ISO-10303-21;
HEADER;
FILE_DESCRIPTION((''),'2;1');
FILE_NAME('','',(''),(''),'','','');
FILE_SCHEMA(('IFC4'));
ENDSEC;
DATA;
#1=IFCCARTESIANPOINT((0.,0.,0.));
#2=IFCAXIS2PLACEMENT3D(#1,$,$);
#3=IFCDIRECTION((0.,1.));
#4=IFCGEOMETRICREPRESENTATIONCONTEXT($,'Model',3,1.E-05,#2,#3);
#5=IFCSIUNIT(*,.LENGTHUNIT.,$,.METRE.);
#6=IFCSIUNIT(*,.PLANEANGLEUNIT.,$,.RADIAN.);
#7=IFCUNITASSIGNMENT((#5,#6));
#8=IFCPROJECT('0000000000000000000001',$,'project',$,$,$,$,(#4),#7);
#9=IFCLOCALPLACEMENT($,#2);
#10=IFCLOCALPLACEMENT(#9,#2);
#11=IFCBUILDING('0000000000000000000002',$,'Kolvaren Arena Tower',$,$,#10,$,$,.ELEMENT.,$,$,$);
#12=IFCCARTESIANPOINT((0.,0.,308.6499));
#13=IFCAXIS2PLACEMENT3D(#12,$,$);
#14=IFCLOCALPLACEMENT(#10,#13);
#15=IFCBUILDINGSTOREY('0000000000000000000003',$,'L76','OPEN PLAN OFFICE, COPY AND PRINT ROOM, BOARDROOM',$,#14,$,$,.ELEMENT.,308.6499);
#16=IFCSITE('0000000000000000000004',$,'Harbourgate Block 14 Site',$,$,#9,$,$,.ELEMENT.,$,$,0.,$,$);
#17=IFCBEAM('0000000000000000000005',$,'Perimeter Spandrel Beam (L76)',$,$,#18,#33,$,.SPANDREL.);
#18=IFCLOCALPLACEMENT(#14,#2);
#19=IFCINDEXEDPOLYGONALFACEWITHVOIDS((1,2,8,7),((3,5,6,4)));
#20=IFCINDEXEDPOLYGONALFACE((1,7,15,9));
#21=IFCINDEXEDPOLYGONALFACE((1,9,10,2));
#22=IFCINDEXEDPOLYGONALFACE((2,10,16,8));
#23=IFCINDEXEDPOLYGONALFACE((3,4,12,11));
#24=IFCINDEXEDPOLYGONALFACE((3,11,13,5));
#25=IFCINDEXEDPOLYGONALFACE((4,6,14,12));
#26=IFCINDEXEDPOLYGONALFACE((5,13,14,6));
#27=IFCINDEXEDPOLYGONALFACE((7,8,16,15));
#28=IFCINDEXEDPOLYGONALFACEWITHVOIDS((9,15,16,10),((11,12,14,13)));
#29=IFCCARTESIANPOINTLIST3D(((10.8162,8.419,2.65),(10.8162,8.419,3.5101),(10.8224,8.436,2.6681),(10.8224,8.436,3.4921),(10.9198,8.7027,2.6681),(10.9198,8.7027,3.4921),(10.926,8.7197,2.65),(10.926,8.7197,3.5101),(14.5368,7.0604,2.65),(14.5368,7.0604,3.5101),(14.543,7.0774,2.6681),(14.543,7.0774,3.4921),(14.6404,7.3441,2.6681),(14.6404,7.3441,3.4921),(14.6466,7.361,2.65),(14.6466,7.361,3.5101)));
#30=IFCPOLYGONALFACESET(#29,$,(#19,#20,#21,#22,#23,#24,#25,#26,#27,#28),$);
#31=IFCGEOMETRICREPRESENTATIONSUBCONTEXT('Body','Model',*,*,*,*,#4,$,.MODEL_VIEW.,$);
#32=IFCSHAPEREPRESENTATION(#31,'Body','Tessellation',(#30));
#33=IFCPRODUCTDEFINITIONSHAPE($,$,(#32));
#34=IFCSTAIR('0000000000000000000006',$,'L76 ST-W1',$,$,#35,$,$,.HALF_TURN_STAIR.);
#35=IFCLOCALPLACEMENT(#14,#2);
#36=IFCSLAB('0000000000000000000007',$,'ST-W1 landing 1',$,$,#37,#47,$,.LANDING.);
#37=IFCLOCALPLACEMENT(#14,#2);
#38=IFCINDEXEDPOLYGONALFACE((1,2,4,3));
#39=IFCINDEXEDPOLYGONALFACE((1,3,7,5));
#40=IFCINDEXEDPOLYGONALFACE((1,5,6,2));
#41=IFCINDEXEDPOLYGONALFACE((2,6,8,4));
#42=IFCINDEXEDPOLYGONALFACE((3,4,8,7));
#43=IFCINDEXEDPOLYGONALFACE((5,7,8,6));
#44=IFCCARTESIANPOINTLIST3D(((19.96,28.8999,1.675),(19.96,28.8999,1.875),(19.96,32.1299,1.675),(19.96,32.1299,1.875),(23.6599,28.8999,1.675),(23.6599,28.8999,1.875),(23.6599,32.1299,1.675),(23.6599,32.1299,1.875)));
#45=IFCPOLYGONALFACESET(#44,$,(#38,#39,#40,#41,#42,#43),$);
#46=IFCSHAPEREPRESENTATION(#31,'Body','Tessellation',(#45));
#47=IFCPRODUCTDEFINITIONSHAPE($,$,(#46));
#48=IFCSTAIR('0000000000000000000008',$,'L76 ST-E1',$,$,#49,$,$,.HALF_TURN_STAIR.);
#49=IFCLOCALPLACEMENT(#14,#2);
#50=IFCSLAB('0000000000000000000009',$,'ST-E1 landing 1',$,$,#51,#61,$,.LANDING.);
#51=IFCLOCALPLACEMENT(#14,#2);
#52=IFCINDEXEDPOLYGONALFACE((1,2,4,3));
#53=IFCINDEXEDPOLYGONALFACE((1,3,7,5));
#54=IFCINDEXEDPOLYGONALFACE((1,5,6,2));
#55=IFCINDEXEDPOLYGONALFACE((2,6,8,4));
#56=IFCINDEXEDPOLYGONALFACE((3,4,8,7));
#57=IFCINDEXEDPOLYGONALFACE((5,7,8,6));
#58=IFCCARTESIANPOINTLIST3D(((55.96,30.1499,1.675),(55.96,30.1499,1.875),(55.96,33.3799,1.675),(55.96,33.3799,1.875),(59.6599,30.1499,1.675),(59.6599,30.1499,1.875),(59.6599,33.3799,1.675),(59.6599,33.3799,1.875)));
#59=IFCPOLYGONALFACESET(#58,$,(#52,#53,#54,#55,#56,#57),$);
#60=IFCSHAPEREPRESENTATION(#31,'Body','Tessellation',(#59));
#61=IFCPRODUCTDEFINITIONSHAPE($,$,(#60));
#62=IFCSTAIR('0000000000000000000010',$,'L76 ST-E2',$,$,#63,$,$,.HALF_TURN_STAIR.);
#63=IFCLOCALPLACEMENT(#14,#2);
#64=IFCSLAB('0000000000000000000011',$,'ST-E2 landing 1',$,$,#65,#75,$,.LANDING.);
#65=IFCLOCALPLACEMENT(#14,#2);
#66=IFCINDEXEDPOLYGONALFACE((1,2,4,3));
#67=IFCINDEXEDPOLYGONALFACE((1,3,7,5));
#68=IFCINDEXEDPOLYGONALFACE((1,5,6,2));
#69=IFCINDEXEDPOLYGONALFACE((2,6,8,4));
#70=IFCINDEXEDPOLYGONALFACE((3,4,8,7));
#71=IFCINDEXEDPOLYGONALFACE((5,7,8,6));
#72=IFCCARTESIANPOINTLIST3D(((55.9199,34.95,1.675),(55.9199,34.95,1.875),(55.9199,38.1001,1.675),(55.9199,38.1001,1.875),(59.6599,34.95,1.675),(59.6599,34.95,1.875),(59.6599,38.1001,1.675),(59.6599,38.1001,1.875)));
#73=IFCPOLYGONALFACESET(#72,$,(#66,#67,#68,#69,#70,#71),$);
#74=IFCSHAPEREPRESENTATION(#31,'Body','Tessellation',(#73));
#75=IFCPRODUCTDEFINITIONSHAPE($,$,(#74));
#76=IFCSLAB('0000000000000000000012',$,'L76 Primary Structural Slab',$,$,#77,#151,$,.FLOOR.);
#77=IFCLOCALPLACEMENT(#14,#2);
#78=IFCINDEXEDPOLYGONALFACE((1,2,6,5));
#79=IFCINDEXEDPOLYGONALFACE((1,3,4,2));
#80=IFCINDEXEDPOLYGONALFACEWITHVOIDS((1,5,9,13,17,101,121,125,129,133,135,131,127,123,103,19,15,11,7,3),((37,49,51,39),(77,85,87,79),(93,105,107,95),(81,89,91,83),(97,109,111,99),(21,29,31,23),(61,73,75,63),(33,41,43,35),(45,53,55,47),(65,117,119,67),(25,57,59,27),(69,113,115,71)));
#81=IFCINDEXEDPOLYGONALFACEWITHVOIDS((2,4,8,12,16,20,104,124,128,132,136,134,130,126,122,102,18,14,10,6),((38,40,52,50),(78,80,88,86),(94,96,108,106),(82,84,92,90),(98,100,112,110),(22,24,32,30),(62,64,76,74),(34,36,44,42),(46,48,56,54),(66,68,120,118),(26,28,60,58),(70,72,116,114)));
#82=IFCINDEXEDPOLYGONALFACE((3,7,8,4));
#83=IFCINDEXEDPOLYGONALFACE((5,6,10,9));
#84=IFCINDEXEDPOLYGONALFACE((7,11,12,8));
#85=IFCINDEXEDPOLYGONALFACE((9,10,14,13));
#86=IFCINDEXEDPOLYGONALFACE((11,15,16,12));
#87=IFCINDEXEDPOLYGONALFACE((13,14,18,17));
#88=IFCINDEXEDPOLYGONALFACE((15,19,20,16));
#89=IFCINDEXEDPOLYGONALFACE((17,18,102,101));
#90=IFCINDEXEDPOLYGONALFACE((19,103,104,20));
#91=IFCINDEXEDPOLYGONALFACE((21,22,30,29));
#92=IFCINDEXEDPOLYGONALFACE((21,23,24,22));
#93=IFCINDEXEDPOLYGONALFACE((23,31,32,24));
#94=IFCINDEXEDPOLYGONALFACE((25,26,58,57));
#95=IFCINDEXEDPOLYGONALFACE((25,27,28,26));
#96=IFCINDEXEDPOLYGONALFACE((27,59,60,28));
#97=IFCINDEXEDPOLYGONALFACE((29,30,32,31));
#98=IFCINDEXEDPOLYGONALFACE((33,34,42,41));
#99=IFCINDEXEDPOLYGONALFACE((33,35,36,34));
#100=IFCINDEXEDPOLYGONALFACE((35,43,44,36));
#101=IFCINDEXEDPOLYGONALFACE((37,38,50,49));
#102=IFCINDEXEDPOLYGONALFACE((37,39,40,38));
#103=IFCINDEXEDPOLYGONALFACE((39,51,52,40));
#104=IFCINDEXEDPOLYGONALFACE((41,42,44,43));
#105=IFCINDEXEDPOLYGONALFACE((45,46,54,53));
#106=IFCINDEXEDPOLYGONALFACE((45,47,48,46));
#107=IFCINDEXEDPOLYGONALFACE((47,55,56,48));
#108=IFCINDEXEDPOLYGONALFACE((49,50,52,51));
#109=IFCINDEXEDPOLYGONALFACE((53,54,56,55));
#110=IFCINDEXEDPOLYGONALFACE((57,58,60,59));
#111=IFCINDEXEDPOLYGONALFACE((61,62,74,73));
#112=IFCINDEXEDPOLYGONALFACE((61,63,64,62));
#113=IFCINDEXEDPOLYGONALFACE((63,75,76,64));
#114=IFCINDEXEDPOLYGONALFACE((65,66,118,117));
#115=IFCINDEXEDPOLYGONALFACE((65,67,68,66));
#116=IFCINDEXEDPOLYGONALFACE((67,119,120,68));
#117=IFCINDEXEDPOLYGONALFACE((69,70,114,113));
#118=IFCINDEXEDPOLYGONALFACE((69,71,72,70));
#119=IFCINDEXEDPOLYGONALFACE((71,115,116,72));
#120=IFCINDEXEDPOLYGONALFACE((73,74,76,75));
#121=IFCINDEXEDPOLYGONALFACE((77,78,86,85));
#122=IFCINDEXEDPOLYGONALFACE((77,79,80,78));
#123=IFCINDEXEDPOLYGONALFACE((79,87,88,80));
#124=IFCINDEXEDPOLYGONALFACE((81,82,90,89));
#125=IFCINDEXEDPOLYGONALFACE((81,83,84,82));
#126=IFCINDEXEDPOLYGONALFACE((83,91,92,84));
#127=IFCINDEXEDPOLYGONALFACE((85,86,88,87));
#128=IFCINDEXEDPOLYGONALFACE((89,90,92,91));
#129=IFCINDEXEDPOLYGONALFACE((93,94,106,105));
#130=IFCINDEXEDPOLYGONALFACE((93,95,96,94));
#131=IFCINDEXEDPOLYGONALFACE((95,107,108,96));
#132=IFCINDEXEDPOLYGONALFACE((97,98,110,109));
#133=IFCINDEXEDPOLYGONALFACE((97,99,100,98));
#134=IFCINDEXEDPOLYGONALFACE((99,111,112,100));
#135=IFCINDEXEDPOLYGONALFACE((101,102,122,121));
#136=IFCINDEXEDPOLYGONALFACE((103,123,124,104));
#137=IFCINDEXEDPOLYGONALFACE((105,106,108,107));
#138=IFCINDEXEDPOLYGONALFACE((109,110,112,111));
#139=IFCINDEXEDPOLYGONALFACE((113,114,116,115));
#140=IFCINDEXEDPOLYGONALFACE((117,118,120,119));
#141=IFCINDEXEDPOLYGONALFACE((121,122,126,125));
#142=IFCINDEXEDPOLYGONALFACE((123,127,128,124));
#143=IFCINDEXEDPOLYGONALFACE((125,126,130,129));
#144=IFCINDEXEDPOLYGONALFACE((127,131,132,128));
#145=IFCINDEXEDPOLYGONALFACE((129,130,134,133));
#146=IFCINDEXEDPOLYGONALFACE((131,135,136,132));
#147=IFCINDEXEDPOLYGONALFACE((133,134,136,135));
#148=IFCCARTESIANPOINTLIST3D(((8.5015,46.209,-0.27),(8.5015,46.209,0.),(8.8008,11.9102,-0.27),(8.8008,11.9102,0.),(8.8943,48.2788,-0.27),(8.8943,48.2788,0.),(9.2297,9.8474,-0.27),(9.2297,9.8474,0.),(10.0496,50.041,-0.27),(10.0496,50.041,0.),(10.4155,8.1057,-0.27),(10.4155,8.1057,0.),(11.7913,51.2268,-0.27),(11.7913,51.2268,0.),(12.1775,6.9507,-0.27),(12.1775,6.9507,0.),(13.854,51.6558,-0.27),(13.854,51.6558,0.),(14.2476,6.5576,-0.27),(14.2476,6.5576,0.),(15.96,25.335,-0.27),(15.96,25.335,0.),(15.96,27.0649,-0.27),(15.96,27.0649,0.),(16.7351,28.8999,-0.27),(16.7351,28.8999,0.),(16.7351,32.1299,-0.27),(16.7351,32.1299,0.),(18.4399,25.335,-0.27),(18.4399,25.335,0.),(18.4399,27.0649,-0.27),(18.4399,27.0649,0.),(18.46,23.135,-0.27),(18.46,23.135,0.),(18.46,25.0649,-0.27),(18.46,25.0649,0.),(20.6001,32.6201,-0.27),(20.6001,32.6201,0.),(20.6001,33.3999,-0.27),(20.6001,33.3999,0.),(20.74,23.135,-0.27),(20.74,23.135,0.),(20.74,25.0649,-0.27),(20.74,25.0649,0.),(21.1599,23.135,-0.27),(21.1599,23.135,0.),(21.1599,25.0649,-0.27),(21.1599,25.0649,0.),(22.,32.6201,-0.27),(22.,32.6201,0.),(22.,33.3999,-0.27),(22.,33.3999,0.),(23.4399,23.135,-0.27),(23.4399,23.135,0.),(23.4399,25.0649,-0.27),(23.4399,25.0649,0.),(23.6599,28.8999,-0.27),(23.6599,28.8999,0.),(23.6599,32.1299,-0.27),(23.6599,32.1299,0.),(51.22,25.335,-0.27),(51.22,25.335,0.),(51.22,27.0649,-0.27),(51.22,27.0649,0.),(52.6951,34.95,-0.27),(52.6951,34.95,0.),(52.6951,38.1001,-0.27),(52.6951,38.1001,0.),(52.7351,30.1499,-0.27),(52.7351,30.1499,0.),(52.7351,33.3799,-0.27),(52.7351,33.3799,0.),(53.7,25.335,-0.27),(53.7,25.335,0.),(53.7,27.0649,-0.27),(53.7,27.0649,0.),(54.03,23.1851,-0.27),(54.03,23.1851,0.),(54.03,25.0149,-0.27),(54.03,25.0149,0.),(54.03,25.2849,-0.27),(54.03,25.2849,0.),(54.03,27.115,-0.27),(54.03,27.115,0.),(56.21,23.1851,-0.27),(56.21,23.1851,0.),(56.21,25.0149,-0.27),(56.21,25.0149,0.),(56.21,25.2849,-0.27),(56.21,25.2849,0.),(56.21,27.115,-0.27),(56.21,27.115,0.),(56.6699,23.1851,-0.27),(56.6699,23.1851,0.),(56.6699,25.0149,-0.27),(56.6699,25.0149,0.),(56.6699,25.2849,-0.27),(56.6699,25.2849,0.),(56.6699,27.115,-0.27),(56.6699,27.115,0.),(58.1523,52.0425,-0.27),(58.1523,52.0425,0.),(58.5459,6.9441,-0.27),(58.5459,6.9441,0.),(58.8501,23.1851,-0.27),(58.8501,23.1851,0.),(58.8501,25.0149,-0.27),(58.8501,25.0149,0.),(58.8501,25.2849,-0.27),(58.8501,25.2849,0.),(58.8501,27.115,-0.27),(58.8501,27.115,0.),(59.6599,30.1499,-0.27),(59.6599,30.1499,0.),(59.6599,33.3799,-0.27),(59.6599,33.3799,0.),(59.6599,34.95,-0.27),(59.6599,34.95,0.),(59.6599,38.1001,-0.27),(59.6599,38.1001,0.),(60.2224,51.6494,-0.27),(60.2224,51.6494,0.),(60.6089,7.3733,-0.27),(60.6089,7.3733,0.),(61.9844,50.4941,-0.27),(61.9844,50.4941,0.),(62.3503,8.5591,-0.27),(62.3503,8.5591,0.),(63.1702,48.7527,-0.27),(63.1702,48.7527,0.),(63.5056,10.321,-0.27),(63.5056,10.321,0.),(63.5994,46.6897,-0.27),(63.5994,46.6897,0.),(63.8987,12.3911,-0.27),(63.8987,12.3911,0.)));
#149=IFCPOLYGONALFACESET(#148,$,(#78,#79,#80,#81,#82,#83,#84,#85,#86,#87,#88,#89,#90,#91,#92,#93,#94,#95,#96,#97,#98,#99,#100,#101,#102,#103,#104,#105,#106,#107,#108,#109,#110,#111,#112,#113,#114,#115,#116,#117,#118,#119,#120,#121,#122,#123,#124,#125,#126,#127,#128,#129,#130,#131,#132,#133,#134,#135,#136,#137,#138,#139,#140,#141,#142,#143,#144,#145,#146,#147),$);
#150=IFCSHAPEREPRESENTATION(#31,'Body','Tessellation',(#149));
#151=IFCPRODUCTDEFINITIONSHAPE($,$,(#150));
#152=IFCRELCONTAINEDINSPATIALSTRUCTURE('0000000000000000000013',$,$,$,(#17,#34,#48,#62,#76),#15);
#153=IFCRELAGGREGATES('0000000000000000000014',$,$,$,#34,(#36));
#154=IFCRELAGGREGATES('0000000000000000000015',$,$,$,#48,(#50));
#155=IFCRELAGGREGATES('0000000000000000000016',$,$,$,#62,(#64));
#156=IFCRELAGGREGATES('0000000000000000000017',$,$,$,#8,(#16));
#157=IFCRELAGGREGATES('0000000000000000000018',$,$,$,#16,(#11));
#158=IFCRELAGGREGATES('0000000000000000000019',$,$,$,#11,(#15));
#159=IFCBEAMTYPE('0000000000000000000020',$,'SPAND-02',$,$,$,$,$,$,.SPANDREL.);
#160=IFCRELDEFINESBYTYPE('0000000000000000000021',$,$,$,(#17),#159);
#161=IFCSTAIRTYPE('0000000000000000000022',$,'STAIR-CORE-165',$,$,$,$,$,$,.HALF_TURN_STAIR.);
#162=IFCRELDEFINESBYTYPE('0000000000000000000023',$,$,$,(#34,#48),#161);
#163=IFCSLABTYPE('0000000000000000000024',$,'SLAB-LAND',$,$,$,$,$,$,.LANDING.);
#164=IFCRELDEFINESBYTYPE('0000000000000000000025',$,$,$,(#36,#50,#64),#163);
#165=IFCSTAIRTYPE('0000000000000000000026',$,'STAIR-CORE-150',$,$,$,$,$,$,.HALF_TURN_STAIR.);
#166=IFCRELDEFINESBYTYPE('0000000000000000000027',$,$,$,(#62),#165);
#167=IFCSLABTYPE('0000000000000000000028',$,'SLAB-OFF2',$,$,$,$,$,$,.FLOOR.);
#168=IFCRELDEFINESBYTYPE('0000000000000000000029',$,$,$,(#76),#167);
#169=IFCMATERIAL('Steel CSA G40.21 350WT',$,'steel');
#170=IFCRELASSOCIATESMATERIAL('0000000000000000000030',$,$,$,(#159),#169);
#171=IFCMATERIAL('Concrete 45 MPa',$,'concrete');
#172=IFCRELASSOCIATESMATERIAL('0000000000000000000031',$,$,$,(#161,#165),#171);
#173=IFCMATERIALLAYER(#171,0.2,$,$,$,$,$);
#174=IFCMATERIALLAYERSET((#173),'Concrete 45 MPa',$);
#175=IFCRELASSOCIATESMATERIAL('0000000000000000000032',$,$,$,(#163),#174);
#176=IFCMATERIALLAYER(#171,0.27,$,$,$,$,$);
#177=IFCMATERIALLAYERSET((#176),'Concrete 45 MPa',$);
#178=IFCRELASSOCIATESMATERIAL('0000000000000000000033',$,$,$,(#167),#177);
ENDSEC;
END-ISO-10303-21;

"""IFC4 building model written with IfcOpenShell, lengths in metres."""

from ifc_helpers import new_model, si_unit, direction, frame, origin, origin_2d, place, context, subcontext, project, spatial, polyline, hollow_rectangle, outline, extrude, material, layer, layer_set, material_profile, profile_set, type_object, element, aggregate, save


model = new_model("IFC4")

# Units and contexts
model_context = context("Model", 3, precision=1e-05, world=origin(), true_north=direction((0.0, 1.0)))
body_context = subcontext(model_context, "Body", "Model", "MODEL_VIEW")
ifc_project = project(units=[si_unit("LENGTHUNIT", "METRE"), si_unit("PLANEANGLEUNIT", "RADIAN")], contexts=[model_context])

# Site, building, storey
site_placement = place(None, origin())
site = spatial("IfcSite", under=ifc_project, at=site_placement, Name="Harbourgate Block 14 Site", CompositionType="ELEMENT", RefElevation=0.0)
building_placement = place(site_placement, origin())
building = spatial("IfcBuilding", under=site, at=building_placement, Name="Kolvaren Arena Tower", CompositionType="ELEMENT")
storey_placement = place(building_placement, frame((0.0, 0.0, 308.6499)))
storey = spatial("IfcBuildingStorey", under=building, at=storey_placement, Name="L76", Description="OPEN PLAN OFFICE, COPY AND PRINT ROOM, BOARDROOM", CompositionType="ELEMENT", Elevation=308.6499)

# Beam
ifc_material_1 = material(Name="Steel CSA G40.21 350WT", Category="steel")
ifc_material_profile_1 = material_profile(ifc_material_1, hollow_rectangle(XDim=0.3201, YDim=0.8601, WallThickness=0.0181, at=origin_2d()), Name="HSS 860x320x18")
ifc_profile_set_1 = profile_set([ifc_material_profile_1], Name="Steel CSA G40.21 350WT")
beam_type_1 = type_object("IfcBeamType", Name="SPAND-02", PredefinedType="SPANDREL", material=ifc_profile_set_1)
beam_1_placement = place(storey_placement, frame((10.8711, 8.5693, 3.0801), z_axis=(0.939334, -0.343005, 0.0), x_axis=(0.343005, 0.939334, 0.0)))
element("IfcBeam", 1, at=beam_1_placement, inside=storey, type_object=beam_type_1, Name="Perimeter Spandrel Beam (L76)", PredefinedType="SPANDREL", context=body_context, shape_type="SweptSolid", body=[
    extrude(hollow_rectangle(XDim=0.3201, YDim=0.8601, WallThickness=0.0181, at=origin_2d()), origin(), (0.0, 0.0, 1.0), 3.9609),
])

# Stairs, slabs
ifc_material_2 = material(Name="Concrete 45 MPa", Category="concrete")
stair_type_1 = type_object("IfcStairType", Name="STAIR-CORE-165", PredefinedType="HALF_TURN_STAIR", material=ifc_material_2)
stair_1_placement = place(storey_placement, origin())
stair_1 = element("IfcStair", 2, at=stair_1_placement, inside=storey, type_object=stair_type_1, Name="L76 ST-W1", PredefinedType="HALF_TURN_STAIR")
ifc_layer_1 = layer(ifc_material_2, 0.2)
ifc_layer_set_1 = layer_set([ifc_layer_1], Name="Concrete 45 MPa")
slab_type_1 = type_object("IfcSlabType", Name="SLAB-LAND", PredefinedType="LANDING", material=ifc_layer_set_1)
slab_1_placement = place(storey_placement, frame((0.0, 0.0, 1.675)))
slab_1 = element("IfcSlab", 3, at=slab_1_placement, type_object=slab_type_1, Name="ST-W1 landing 1", PredefinedType="LANDING", context=body_context, shape_type="SweptSolid", body=[
    extrude(outline(polyline([(19.96, 28.8999), (23.6599, 28.8999), (23.6599, 32.1299), (19.96, 32.1299), (19.96, 28.8999)])), origin(), (0.0, 0.0, 1.0), 0.2),
])
aggregate(stair_1, [slab_1])
stair_2_placement = place(storey_placement, origin())
stair_2 = element("IfcStair", 4, at=stair_2_placement, inside=storey, type_object=stair_type_1, Name="L76 ST-E1", PredefinedType="HALF_TURN_STAIR")
slab_2_placement = place(storey_placement, frame((0.0, 0.0, 1.675)))
slab_2 = element("IfcSlab", 5, at=slab_2_placement, type_object=slab_type_1, Name="ST-E1 landing 1", PredefinedType="LANDING", context=body_context, shape_type="SweptSolid", body=[
    extrude(outline(polyline([(55.96, 30.1499), (59.6599, 30.1499), (59.6599, 33.3799), (55.96, 33.3799), (55.96, 30.1499)])), origin(), (0.0, 0.0, 1.0), 0.2),
])
aggregate(stair_2, [slab_2])
stair_type_2 = type_object("IfcStairType", Name="STAIR-CORE-150", PredefinedType="HALF_TURN_STAIR", material=ifc_material_2)
stair_3_placement = place(storey_placement, origin())
stair_3 = element("IfcStair", 6, at=stair_3_placement, inside=storey, type_object=stair_type_2, Name="L76 ST-E2", PredefinedType="HALF_TURN_STAIR")
slab_3_placement = place(storey_placement, frame((0.0, 0.0, 1.675)))
slab_3 = element("IfcSlab", 7, at=slab_3_placement, type_object=slab_type_1, Name="ST-E2 landing 1", PredefinedType="LANDING", context=body_context, shape_type="SweptSolid", body=[
    extrude(outline(polyline([(55.9199, 34.95), (59.6599, 34.95), (59.6599, 38.1001), (55.9199, 38.1001), (55.9199, 34.95)])), origin(), (0.0, 0.0, 1.0), 0.2),
])
aggregate(stair_3, [slab_3])

# Slab
ifc_layer_2 = layer(ifc_material_2, 0.27)
ifc_layer_set_2 = layer_set([ifc_layer_2], Name="Concrete 45 MPa")
slab_type_2 = type_object("IfcSlabType", Name="SLAB-OFF2", PredefinedType="FLOOR", material=ifc_layer_set_2)
slab_4_placement = place(storey_placement, frame((0.0, 0.0, -0.27)))
element("IfcSlab", 8, at=slab_4_placement, inside=storey, type_object=slab_type_2, Name="L76 Primary Structural Slab", PredefinedType="FLOOR", context=body_context, shape_type="SweptSolid", body=[
    extrude(outline(polyline([(58.5459, 6.9441), (60.6089, 7.3733), (62.3503, 8.5591), (63.5056, 10.321), (63.8987, 12.3911), (63.5994, 46.6897), (63.1702, 48.7527), (61.9844, 50.4941), (60.2224, 51.6494), (58.1523, 52.0425), (13.854, 51.6558), (11.7913, 51.2268), (10.0496, 50.041), (8.8943, 48.2788), (8.5015, 46.209), (8.8008, 11.9102), (9.2297, 9.8474), (10.4155, 8.1057), (12.1775, 6.9507), (14.2476, 6.5576), (58.5459, 6.9441)]), holes=[polyline([(20.74, 23.135), (18.46, 23.135), (18.46, 25.0649), (20.74, 25.0649), (20.74, 23.135)]), polyline([(21.1599, 23.135), (21.1599, 25.0649), (23.4399, 25.0649), (23.4399, 23.135), (21.1599, 23.135)]), polyline([(56.21, 23.1851), (54.03, 23.1851), (54.03, 25.0149), (56.21, 25.0149), (56.21, 23.1851)]), polyline([(56.6699, 23.1851), (56.6699, 25.0149), (58.8501, 25.0149), (58.8501, 23.1851), (56.6699, 23.1851)]), polyline([(54.03, 25.2849), (54.03, 27.115), (56.21, 27.115), (56.21, 25.2849), (54.03, 25.2849)]), polyline([(58.8501, 25.2849), (56.6699, 25.2849), (56.6699, 27.115), (58.8501, 27.115), (58.8501, 25.2849)]), polyline([(15.96, 25.335), (15.96, 27.0649), (18.4399, 27.0649), (18.4399, 25.335), (15.96, 25.335)]), polyline([(53.7, 25.335), (51.22, 25.335), (51.22, 27.0649), (53.7, 27.0649), (53.7, 25.335)]), polyline([(16.7351, 28.8999), (16.7351, 32.1299), (23.6599, 32.1299), (23.6599, 28.8999), (16.7351, 28.8999)]), polyline([(52.7351, 30.1499), (52.7351, 33.3799), (59.6599, 33.3799), (59.6599, 30.1499), (52.7351, 30.1499)]), polyline([(20.6001, 32.6201), (20.6001, 33.3999), (22.0, 33.3999), (22.0, 32.6201), (20.6001, 32.6201)]), polyline([(52.6951, 34.95), (52.6951, 38.1001), (59.6599, 38.1001), (59.6599, 34.95), (52.6951, 34.95)])]), origin(), (0.0, 0.0, 1.0), 0.27),
])

save(model, "model.ifc")
